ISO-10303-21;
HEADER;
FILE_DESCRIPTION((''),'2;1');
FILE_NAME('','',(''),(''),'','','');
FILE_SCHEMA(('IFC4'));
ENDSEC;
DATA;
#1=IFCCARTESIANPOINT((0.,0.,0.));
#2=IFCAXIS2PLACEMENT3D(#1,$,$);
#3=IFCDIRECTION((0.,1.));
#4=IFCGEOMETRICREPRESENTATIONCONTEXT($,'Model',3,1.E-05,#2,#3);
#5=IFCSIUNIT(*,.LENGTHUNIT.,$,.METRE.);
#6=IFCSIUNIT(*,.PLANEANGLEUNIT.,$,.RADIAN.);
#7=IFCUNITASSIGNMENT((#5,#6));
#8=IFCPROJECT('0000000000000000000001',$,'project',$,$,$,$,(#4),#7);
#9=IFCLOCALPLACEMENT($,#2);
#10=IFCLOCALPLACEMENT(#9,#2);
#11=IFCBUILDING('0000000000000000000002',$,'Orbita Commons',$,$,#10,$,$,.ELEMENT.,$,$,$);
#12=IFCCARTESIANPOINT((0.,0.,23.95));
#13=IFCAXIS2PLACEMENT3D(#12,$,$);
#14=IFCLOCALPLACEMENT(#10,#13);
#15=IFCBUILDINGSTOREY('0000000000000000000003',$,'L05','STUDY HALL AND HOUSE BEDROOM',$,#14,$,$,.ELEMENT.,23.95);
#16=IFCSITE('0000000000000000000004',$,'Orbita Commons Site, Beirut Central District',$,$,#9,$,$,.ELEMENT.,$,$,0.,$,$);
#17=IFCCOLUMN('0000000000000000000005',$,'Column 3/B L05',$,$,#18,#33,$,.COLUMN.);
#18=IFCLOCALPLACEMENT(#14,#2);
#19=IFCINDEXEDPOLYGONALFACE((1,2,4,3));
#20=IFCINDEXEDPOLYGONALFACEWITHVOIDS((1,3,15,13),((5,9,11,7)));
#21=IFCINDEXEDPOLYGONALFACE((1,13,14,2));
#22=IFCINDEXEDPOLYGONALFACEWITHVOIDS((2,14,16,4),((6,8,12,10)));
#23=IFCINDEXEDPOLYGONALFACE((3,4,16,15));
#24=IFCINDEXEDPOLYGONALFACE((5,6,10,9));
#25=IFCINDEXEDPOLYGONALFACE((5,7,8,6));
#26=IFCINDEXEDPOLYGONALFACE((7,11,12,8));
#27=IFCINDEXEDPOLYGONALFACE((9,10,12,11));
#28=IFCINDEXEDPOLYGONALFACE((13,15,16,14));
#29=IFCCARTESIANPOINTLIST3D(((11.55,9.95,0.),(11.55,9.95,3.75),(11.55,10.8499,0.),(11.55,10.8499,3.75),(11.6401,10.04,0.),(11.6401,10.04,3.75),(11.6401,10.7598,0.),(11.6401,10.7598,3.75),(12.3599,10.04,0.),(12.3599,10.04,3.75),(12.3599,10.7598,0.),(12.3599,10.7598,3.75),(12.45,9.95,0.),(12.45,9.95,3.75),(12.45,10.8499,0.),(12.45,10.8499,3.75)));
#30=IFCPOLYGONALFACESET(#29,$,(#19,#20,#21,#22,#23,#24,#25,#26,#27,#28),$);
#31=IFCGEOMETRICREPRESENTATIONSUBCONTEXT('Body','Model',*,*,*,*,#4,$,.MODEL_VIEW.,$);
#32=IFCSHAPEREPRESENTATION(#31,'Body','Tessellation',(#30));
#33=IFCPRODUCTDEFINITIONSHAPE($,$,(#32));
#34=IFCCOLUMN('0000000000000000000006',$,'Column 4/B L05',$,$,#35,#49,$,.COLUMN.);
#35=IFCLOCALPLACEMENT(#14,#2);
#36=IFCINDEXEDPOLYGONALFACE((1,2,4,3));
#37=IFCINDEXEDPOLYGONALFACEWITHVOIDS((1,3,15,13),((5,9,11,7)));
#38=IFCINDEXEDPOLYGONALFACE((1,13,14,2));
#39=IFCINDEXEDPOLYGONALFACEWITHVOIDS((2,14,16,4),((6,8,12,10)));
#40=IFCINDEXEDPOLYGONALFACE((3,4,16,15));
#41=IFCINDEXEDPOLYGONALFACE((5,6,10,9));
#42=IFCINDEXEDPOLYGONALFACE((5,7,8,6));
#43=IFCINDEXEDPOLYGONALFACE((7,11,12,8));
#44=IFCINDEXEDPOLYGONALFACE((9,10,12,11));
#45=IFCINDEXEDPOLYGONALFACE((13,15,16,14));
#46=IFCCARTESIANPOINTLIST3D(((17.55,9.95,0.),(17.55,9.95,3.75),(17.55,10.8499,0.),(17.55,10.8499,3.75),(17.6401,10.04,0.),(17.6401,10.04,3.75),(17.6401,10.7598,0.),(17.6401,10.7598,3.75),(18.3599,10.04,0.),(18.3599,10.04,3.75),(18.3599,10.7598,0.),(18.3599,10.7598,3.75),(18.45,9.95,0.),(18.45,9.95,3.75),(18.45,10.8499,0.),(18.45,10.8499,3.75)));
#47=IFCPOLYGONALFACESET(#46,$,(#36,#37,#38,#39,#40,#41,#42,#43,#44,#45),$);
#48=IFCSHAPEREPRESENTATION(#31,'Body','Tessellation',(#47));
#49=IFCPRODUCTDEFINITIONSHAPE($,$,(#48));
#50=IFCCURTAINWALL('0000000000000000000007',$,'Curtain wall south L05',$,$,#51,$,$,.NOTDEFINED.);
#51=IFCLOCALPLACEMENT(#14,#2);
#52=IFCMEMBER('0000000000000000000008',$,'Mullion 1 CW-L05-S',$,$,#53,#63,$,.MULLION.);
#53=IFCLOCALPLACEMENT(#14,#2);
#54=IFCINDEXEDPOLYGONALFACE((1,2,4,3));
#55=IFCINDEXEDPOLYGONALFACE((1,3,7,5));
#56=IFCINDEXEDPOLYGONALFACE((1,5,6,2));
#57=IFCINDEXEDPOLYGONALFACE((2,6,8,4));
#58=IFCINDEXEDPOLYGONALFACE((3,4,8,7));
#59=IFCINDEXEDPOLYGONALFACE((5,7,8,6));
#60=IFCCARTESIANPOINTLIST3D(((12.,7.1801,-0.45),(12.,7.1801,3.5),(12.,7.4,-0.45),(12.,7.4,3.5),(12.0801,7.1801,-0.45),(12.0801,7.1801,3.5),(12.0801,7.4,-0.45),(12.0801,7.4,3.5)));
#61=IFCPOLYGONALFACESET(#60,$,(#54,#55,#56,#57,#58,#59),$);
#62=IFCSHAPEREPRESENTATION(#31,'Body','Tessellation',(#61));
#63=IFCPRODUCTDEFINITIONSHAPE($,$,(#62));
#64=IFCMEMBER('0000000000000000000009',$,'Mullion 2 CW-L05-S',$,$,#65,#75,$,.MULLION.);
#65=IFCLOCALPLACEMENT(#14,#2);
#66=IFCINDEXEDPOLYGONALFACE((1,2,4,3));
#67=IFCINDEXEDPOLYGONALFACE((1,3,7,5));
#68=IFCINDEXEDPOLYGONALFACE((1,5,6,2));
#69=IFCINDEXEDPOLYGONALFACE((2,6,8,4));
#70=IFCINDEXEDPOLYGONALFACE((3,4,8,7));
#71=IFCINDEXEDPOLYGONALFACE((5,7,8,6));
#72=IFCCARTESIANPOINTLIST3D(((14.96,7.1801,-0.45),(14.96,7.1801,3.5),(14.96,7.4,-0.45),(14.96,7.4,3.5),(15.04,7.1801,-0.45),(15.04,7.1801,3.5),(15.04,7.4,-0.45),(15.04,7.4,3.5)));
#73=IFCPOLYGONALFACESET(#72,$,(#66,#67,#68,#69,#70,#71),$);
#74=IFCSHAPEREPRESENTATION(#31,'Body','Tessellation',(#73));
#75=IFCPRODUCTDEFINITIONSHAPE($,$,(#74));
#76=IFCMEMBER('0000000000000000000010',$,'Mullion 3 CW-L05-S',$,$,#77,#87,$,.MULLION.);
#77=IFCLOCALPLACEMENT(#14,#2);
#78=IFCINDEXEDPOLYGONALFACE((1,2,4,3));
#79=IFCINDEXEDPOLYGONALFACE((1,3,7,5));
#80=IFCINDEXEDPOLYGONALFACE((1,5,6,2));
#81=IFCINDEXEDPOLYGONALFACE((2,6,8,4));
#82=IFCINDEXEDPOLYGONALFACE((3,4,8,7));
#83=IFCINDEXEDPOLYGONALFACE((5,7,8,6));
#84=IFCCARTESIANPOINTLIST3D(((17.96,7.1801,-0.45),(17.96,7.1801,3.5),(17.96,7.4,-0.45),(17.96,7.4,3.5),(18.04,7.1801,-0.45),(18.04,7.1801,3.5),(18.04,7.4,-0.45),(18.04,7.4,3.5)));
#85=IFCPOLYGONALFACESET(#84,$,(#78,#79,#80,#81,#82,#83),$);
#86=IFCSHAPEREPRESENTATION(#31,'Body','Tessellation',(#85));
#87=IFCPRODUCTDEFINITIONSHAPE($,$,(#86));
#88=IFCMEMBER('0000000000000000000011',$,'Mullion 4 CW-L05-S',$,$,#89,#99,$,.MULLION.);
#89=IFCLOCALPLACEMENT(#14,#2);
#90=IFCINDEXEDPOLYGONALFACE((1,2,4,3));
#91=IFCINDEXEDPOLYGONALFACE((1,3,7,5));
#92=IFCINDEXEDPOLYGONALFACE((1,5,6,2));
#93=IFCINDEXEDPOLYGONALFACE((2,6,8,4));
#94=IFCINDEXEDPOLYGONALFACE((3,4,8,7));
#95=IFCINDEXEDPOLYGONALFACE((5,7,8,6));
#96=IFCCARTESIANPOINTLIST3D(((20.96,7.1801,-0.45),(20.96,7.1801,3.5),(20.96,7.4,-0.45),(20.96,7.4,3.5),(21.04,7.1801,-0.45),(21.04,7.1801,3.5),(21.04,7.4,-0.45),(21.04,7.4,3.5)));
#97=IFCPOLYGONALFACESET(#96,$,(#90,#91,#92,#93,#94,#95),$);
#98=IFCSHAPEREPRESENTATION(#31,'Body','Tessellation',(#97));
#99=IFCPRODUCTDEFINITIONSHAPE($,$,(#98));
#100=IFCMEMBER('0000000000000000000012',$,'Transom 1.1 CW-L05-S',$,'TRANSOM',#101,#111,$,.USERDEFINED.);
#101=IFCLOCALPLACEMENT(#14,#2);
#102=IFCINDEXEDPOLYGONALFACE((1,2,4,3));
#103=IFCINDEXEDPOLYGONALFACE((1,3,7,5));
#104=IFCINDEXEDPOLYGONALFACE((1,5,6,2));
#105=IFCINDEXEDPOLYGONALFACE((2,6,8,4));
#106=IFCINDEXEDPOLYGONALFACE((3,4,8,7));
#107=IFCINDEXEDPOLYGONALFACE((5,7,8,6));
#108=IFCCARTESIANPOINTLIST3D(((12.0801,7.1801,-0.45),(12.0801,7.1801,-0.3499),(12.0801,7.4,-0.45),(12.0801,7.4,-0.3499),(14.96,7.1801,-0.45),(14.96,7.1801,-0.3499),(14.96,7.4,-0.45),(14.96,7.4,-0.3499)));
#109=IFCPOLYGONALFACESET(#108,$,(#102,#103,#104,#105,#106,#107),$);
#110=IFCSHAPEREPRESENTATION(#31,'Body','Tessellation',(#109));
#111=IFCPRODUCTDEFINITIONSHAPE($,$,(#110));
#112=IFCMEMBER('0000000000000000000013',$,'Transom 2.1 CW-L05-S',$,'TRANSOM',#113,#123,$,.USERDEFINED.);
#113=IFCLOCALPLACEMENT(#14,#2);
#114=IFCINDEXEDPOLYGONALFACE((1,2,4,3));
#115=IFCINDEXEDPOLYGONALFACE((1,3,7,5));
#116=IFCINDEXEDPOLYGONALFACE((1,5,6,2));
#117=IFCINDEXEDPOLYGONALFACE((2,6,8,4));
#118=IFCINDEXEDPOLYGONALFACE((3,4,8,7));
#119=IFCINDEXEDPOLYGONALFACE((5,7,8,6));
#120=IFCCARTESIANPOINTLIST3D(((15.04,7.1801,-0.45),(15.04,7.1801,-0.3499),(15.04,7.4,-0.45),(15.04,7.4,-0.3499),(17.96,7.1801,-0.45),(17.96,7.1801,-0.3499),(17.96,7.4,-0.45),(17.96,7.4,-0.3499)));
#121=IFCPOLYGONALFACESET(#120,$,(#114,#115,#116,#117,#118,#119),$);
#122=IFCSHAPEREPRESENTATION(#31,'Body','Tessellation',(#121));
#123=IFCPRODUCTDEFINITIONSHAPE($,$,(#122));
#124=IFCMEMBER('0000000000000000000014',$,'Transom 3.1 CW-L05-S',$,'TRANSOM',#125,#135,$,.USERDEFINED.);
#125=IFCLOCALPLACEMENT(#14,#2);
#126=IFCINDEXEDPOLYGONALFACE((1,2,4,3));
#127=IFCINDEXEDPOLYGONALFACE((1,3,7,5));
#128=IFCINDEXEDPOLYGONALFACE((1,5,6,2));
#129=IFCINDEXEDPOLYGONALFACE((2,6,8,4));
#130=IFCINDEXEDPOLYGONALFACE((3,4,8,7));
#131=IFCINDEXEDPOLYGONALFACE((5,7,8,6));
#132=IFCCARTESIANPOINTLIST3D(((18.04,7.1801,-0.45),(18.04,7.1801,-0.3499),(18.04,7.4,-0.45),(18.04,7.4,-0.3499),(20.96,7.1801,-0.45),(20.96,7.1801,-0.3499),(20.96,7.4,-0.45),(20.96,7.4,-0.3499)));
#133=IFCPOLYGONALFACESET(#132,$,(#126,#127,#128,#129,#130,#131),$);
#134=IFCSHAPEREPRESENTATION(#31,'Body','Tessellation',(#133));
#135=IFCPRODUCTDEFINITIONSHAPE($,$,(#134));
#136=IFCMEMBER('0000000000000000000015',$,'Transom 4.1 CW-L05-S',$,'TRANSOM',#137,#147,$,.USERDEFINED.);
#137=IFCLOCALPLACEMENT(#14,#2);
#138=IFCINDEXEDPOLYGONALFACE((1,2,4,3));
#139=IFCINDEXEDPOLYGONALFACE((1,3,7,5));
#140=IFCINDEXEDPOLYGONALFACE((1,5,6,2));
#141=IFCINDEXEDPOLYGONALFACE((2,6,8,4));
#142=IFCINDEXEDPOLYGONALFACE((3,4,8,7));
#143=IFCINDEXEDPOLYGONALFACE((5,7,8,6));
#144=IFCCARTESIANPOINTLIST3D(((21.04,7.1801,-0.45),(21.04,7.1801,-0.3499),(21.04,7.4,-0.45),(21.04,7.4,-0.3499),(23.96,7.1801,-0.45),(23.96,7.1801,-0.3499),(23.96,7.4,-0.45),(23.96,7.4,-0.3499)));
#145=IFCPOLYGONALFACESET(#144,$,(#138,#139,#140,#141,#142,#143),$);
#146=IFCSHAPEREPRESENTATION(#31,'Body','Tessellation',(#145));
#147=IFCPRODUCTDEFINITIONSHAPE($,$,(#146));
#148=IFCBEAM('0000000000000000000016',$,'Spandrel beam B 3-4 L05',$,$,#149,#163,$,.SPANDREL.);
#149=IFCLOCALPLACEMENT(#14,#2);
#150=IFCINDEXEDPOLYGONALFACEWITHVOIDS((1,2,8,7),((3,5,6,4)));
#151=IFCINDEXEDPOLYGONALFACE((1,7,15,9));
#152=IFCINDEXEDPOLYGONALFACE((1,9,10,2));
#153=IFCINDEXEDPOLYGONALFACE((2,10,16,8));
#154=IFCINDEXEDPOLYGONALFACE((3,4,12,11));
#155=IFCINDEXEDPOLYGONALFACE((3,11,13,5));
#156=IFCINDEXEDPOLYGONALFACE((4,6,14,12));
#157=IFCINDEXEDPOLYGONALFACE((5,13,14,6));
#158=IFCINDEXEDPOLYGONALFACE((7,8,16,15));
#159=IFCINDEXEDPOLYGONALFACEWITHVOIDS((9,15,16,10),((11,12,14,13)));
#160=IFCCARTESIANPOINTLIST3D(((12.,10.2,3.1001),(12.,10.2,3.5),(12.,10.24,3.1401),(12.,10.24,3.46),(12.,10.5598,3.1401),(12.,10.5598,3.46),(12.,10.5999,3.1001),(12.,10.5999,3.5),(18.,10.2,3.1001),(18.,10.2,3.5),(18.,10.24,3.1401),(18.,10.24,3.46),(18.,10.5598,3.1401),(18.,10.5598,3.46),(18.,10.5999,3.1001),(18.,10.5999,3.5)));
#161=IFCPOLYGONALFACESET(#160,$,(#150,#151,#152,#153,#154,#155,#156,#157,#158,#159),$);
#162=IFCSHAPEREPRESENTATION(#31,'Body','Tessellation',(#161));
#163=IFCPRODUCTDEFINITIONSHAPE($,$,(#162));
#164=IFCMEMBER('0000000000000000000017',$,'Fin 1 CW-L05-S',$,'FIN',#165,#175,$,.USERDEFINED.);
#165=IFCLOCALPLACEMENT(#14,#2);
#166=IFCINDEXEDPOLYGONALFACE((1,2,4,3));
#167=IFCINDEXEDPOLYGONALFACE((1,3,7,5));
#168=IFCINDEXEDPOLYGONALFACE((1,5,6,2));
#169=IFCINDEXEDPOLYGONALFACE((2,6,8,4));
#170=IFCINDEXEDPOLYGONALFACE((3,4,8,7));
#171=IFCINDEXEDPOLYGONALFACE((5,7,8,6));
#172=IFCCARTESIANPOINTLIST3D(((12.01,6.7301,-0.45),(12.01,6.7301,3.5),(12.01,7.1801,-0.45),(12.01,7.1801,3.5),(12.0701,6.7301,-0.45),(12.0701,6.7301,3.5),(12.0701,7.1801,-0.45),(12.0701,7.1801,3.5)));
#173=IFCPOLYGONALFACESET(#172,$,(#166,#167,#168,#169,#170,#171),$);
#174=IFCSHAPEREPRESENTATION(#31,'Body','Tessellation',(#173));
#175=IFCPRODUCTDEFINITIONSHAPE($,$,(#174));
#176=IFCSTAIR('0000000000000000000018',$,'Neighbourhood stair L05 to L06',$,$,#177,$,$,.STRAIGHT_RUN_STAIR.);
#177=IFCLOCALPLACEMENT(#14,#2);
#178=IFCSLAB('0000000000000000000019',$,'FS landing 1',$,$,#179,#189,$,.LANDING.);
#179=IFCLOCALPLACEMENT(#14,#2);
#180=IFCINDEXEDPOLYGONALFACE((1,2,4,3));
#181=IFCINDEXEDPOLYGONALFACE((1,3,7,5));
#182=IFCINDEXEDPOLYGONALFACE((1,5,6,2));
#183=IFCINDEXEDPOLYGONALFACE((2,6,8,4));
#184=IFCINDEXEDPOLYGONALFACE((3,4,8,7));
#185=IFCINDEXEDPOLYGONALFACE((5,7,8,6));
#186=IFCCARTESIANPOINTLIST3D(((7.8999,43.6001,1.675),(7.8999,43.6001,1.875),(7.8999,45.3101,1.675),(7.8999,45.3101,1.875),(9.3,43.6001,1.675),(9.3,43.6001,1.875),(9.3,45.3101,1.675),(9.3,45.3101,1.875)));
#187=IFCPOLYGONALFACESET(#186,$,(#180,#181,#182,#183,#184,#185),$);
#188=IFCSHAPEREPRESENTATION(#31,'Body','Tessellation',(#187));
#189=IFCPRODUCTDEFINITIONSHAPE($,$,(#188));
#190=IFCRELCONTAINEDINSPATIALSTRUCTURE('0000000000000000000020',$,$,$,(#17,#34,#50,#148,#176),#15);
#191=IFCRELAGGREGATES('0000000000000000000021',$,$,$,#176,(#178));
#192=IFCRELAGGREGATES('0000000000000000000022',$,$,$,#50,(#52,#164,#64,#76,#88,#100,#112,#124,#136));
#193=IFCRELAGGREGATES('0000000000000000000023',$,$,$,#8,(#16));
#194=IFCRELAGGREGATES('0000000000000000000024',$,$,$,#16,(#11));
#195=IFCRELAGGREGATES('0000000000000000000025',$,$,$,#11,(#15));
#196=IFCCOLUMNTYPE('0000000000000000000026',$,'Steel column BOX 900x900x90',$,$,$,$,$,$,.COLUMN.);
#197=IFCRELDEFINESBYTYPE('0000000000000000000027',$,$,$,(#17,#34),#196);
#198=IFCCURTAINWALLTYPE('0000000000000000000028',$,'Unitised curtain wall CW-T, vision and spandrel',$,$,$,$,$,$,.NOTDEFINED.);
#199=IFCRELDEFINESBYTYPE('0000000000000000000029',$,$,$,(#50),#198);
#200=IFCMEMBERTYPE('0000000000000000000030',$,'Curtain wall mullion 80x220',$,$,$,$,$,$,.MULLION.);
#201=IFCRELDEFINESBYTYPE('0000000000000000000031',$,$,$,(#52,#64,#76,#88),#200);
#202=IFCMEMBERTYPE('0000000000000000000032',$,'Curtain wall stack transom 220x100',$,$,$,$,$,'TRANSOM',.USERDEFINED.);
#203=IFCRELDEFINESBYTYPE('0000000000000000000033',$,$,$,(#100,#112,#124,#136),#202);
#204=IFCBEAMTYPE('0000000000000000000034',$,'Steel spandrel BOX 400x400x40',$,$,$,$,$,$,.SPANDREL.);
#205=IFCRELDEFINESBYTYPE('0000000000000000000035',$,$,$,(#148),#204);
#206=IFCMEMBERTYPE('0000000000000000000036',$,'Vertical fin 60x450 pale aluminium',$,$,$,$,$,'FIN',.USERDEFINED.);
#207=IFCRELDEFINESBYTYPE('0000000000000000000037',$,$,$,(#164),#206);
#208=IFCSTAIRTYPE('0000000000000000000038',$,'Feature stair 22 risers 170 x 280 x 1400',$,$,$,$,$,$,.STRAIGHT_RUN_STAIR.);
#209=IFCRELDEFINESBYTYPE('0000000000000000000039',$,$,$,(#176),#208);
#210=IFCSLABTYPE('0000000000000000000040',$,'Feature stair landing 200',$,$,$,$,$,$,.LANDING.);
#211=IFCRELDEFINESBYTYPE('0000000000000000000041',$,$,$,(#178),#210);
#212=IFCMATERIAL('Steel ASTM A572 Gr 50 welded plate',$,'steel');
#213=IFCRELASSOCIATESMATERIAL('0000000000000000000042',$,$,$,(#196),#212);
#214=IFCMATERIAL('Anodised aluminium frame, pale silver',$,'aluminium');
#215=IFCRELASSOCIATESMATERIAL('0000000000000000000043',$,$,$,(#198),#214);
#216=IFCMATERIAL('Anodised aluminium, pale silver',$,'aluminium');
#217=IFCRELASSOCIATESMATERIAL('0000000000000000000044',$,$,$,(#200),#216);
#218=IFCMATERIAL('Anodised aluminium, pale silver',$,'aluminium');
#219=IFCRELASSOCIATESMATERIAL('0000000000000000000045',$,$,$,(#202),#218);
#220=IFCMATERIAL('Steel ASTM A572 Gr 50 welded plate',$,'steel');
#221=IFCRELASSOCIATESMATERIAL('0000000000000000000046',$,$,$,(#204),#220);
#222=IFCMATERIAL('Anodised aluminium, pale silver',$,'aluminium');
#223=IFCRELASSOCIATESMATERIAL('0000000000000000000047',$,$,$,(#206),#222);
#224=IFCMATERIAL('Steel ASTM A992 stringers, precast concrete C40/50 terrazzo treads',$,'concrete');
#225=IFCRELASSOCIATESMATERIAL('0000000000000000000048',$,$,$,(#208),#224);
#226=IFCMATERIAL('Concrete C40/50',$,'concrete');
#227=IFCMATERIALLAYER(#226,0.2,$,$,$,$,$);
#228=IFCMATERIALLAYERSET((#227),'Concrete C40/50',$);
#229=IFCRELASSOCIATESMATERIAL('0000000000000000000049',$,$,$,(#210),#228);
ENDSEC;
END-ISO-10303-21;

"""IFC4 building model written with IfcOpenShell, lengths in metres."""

from ifc_helpers import new_model, si_unit, direction, frame, origin, origin_2d, place, context, subcontext, project, spatial, polyline, rectangle, hollow_rectangle, outline, extrude, material, layer, layer_set, material_profile, profile_set, type_object, element, aggregate, save


model = new_model("IFC4")

# Units and contexts
model_context = context("Model", 3, precision=1e-05, world=origin(), true_north=direction((0.0, 1.0)))
body_context = subcontext(model_context, "Body", "Model", "MODEL_VIEW")
ifc_project = project(units=[si_unit("LENGTHUNIT", "METRE"), si_unit("PLANEANGLEUNIT", "RADIAN")], contexts=[model_context])

# Site, building, storey
site_placement = place(None, origin())
site = spatial("IfcSite", under=ifc_project, at=site_placement, Name="Orbita Commons Site, Beirut Central District", CompositionType="ELEMENT", RefElevation=0.0)
building_placement = place(site_placement, origin())
building = spatial("IfcBuilding", under=site, at=building_placement, Name="Orbita Commons", CompositionType="ELEMENT")
storey_placement = place(building_placement, frame((0.0, 0.0, 23.95)))
storey = spatial("IfcBuildingStorey", under=building, at=storey_placement, Name="L05", Description="STUDY HALL AND HOUSE BEDROOM", CompositionType="ELEMENT", Elevation=23.95)

# Columns
ifc_material_1 = material(Name="Steel ASTM A572 Gr 50 welded plate", Category="steel")
ifc_material_profile_1 = material_profile(ifc_material_1, hollow_rectangle(XDim=0.8999, YDim=0.8999, WallThickness=0.0901, at=origin_2d()), Name="BOX 900x900x90")
ifc_profile_set_1 = profile_set([ifc_material_profile_1], Name="Steel ASTM A572 Gr 50 welded plate")
column_type = type_object("IfcColumnType", Name="Steel column BOX 900x900x90", PredefinedType="COLUMN", material=ifc_profile_set_1)
for number, where, z_axis, x_axis, name in (
    (1, (12.0, 10.3999, 0.0), (0.0, 0.0, 1.0), (1.0, 0.0, 0.0), "Column 3/B L05"),
    (2, (18.0, 10.3999, 0.0), (0.0, 0.0, 1.0), (1.0, 0.0, 0.0), "Column 4/B L05"),
):
    element("IfcColumn", number, at=place(storey_placement, frame(where, z_axis=z_axis, x_axis=x_axis)), inside=storey, type_object=column_type, Name=name, PredefinedType="COLUMN", context=body_context, shape_type="SweptSolid", body=[
        extrude(hollow_rectangle(XDim=0.8999, YDim=0.8999, WallThickness=0.0901, at=origin_2d()), origin(), (0.0, 0.0, 1.0), 3.75),
    ])

# Curtain wall, members
ifc_material_2 = material(Name="Anodised aluminium frame, pale silver", Category="aluminium")
curtain_wall_type = type_object("IfcCurtainWallType", Name="Unitised curtain wall CW-T, vision and spandrel", PredefinedType="NOTDEFINED", material=ifc_material_2)
curtain_wall_placement = place(storey_placement, origin())
curtain_wall = element("IfcCurtainWall", 3, at=curtain_wall_placement, inside=storey, type_object=curtain_wall_type, Name="Curtain wall south L05", PredefinedType="NOTDEFINED")
ifc_material_3 = material(Name="Anodised aluminium, pale silver", Category="aluminium")
ifc_material_profile_2 = material_profile(ifc_material_3, rectangle(XDim=0.0801, YDim=0.22, at=origin_2d()), Name="AL 80x220")
ifc_profile_set_2 = profile_set([ifc_material_profile_2], Name="Anodised aluminium, pale silver")
member_type_1 = type_object("IfcMemberType", Name="Curtain wall mullion 80x220", PredefinedType="MULLION", material=ifc_profile_set_2)
member_1_placement = place(storey_placement, frame((12.04, 7.29, -0.45), z_axis=(0.0, 0.0, 1.0), x_axis=(1.0, 0.0, 0.0)))
member_1 = element("IfcMember", 4, at=member_1_placement, type_object=member_type_1, Name="Mullion 1 CW-L05-S", PredefinedType="MULLION", context=body_context, shape_type="SweptSolid", body=[
    extrude(rectangle(XDim=0.0801, YDim=0.22, at=origin_2d()), origin(), (0.0, 0.0, 1.0), 3.95),
])
member_2_placement = place(storey_placement, frame((15.0, 7.29, -0.45), z_axis=(0.0, 0.0, 1.0), x_axis=(1.0, 0.0, 0.0)))
member_2 = element("IfcMember", 5, at=member_2_placement, type_object=member_type_1, Name="Mullion 2 CW-L05-S", PredefinedType="MULLION", context=body_context, shape_type="SweptSolid", body=[
    extrude(rectangle(XDim=0.0801, YDim=0.22, at=origin_2d()), origin(), (0.0, 0.0, 1.0), 3.95),
])
member_3_placement = place(storey_placement, frame((18.0, 7.29, -0.45), z_axis=(0.0, 0.0, 1.0), x_axis=(1.0, 0.0, 0.0)))
member_3 = element("IfcMember", 6, at=member_3_placement, type_object=member_type_1, Name="Mullion 3 CW-L05-S", PredefinedType="MULLION", context=body_context, shape_type="SweptSolid", body=[
    extrude(rectangle(XDim=0.0801, YDim=0.22, at=origin_2d()), origin(), (0.0, 0.0, 1.0), 3.95),
])
member_4_placement = place(storey_placement, frame((21.0, 7.29, -0.45), z_axis=(0.0, 0.0, 1.0), x_axis=(1.0, 0.0, 0.0)))
member_4 = element("IfcMember", 7, at=member_4_placement, type_object=member_type_1, Name="Mullion 4 CW-L05-S", PredefinedType="MULLION", context=body_context, shape_type="SweptSolid", body=[
    extrude(rectangle(XDim=0.0801, YDim=0.22, at=origin_2d()), origin(), (0.0, 0.0, 1.0), 3.95),
])
ifc_material_4 = material(Name="Anodised aluminium, pale silver", Category="aluminium")
ifc_material_profile_3 = material_profile(ifc_material_4, rectangle(XDim=0.22, YDim=0.1001, at=origin_2d()), Name="AL 220x100")
ifc_profile_set_3 = profile_set([ifc_material_profile_3], Name="Anodised aluminium, pale silver")
member_type_2 = type_object("IfcMemberType", Name="Curtain wall stack transom 220x100", ElementType="TRANSOM", PredefinedType="USERDEFINED", material=ifc_profile_set_3)
member_5_placement = place(storey_placement, frame((12.0801, 7.29, -0.3999), z_axis=(1.0, 0.0, 0.0), x_axis=(0.0, 1.0, 0.0)))
member_5 = element("IfcMember", 8, at=member_5_placement, type_object=member_type_2, Name="Transom 1.1 CW-L05-S", ObjectType="TRANSOM", PredefinedType="USERDEFINED", context=body_context, shape_type="SweptSolid", body=[
    extrude(rectangle(XDim=0.22, YDim=0.1001, at=origin_2d()), origin(), (0.0, 0.0, 1.0), 2.8799),
])
member_6_placement = place(storey_placement, frame((15.04, 7.29, -0.3999), z_axis=(1.0, 0.0, 0.0), x_axis=(0.0, 1.0, 0.0)))
member_6 = element("IfcMember", 9, at=member_6_placement, type_object=member_type_2, Name="Transom 2.1 CW-L05-S", ObjectType="TRANSOM", PredefinedType="USERDEFINED", context=body_context, shape_type="SweptSolid", body=[
    extrude(rectangle(XDim=0.22, YDim=0.1001, at=origin_2d()), origin(), (0.0, 0.0, 1.0), 2.9199),
])
member_7_placement = place(storey_placement, frame((18.04, 7.29, -0.3999), z_axis=(1.0, 0.0, 0.0), x_axis=(0.0, 1.0, 0.0)))
member_7 = element("IfcMember", 10, at=member_7_placement, type_object=member_type_2, Name="Transom 3.1 CW-L05-S", ObjectType="TRANSOM", PredefinedType="USERDEFINED", context=body_context, shape_type="SweptSolid", body=[
    extrude(rectangle(XDim=0.22, YDim=0.1001, at=origin_2d()), origin(), (0.0, 0.0, 1.0), 2.9199),
])
member_8_placement = place(storey_placement, frame((21.04, 7.29, -0.3999), z_axis=(1.0, 0.0, 0.0), x_axis=(0.0, 1.0, 0.0)))
member_8 = element("IfcMember", 11, at=member_8_placement, type_object=member_type_2, Name="Transom 4.1 CW-L05-S", ObjectType="TRANSOM", PredefinedType="USERDEFINED", context=body_context, shape_type="SweptSolid", body=[
    extrude(rectangle(XDim=0.22, YDim=0.1001, at=origin_2d()), origin(), (0.0, 0.0, 1.0), 2.9199),
])

# Beam
ifc_material_5 = material(Name="Steel ASTM A572 Gr 50 welded plate", Category="steel")
ifc_material_profile_4 = material_profile(ifc_material_5, hollow_rectangle(XDim=0.3999, YDim=0.3999, WallThickness=0.04, at=origin_2d()), Name="BOX 400x400x40")
ifc_profile_set_4 = profile_set([ifc_material_profile_4], Name="Steel ASTM A572 Gr 50 welded plate")
beam_type = type_object("IfcBeamType", Name="Steel spandrel BOX 400x400x40", PredefinedType="SPANDREL", material=ifc_profile_set_4)
beam_placement = place(storey_placement, frame((12.0, 10.3999, 3.3), z_axis=(1.0, 0.0, 0.0), x_axis=(0.0, 1.0, 0.0)))
element("IfcBeam", 12, at=beam_placement, inside=storey, type_object=beam_type, Name="Spandrel beam B 3-4 L05", PredefinedType="SPANDREL", context=body_context, shape_type="SweptSolid", body=[
    extrude(hollow_rectangle(XDim=0.3999, YDim=0.3999, WallThickness=0.04, at=origin_2d()), origin(), (0.0, 0.0, 1.0), 6.0),
])

# Member
ifc_material_6 = material(Name="Anodised aluminium, pale silver", Category="aluminium")
ifc_material_profile_5 = material_profile(ifc_material_6, rectangle(XDim=0.0601, YDim=0.45, at=origin_2d()), Name="FIN 60x450")
ifc_profile_set_5 = profile_set([ifc_material_profile_5], Name="Anodised aluminium, pale silver")
member_type_3 = type_object("IfcMemberType", Name="Vertical fin 60x450 pale aluminium", ElementType="FIN", PredefinedType="USERDEFINED", material=ifc_profile_set_5)
member_9_placement = place(storey_placement, frame((12.04, 6.9551, -0.45), z_axis=(0.0, 0.0, 1.0), x_axis=(1.0, 0.0, 0.0)))
member_9 = element("IfcMember", 13, at=member_9_placement, type_object=member_type_3, Name="Fin 1 CW-L05-S", ObjectType="FIN", PredefinedType="USERDEFINED", context=body_context, shape_type="SweptSolid", body=[
    extrude(rectangle(XDim=0.0601, YDim=0.45, at=origin_2d()), origin(), (0.0, 0.0, 1.0), 3.95),
])

# Stair, slab
ifc_material_7 = material(Name="Steel ASTM A992 stringers, precast concrete C40/50 terrazzo treads", Category="concrete")
stair_type_1 = type_object("IfcStairType", Name="Feature stair 22 risers 170 x 280 x 1400", PredefinedType="STRAIGHT_RUN_STAIR", material=ifc_material_7)
stair_1_placement = place(storey_placement, origin())
stair_1 = element("IfcStair", 14, at=stair_1_placement, inside=storey, type_object=stair_type_1, Name="Neighbourhood stair L05 to L06", PredefinedType="STRAIGHT_RUN_STAIR")
ifc_material_8 = material(Name="Concrete C40/50", Category="concrete")
ifc_layer_1 = layer(ifc_material_8, 0.2)
ifc_layer_set_1 = layer_set([ifc_layer_1], Name="Concrete C40/50")
slab_type_1 = type_object("IfcSlabType", Name="Feature stair landing 200", PredefinedType="LANDING", material=ifc_layer_set_1)
slab_1_placement = place(storey_placement, frame((0.0, 0.0, 1.675)))
slab_1 = element("IfcSlab", 15, at=slab_1_placement, type_object=slab_type_1, Name="FS landing 1", PredefinedType="LANDING", context=body_context, shape_type="SweptSolid", body=[
    extrude(outline(polyline([(7.8999, 43.6001), (9.3, 43.6001), (9.3, 45.3101), (7.8999, 45.3101), (7.8999, 43.6001)])), origin(), (0.0, 0.0, 1.0), 0.2),
])
aggregate(stair_1, [slab_1])

aggregate(curtain_wall, [member_1, member_9, member_2, member_3, member_4, member_5, member_6, member_7, member_8])

save(model, "model.ifc")
